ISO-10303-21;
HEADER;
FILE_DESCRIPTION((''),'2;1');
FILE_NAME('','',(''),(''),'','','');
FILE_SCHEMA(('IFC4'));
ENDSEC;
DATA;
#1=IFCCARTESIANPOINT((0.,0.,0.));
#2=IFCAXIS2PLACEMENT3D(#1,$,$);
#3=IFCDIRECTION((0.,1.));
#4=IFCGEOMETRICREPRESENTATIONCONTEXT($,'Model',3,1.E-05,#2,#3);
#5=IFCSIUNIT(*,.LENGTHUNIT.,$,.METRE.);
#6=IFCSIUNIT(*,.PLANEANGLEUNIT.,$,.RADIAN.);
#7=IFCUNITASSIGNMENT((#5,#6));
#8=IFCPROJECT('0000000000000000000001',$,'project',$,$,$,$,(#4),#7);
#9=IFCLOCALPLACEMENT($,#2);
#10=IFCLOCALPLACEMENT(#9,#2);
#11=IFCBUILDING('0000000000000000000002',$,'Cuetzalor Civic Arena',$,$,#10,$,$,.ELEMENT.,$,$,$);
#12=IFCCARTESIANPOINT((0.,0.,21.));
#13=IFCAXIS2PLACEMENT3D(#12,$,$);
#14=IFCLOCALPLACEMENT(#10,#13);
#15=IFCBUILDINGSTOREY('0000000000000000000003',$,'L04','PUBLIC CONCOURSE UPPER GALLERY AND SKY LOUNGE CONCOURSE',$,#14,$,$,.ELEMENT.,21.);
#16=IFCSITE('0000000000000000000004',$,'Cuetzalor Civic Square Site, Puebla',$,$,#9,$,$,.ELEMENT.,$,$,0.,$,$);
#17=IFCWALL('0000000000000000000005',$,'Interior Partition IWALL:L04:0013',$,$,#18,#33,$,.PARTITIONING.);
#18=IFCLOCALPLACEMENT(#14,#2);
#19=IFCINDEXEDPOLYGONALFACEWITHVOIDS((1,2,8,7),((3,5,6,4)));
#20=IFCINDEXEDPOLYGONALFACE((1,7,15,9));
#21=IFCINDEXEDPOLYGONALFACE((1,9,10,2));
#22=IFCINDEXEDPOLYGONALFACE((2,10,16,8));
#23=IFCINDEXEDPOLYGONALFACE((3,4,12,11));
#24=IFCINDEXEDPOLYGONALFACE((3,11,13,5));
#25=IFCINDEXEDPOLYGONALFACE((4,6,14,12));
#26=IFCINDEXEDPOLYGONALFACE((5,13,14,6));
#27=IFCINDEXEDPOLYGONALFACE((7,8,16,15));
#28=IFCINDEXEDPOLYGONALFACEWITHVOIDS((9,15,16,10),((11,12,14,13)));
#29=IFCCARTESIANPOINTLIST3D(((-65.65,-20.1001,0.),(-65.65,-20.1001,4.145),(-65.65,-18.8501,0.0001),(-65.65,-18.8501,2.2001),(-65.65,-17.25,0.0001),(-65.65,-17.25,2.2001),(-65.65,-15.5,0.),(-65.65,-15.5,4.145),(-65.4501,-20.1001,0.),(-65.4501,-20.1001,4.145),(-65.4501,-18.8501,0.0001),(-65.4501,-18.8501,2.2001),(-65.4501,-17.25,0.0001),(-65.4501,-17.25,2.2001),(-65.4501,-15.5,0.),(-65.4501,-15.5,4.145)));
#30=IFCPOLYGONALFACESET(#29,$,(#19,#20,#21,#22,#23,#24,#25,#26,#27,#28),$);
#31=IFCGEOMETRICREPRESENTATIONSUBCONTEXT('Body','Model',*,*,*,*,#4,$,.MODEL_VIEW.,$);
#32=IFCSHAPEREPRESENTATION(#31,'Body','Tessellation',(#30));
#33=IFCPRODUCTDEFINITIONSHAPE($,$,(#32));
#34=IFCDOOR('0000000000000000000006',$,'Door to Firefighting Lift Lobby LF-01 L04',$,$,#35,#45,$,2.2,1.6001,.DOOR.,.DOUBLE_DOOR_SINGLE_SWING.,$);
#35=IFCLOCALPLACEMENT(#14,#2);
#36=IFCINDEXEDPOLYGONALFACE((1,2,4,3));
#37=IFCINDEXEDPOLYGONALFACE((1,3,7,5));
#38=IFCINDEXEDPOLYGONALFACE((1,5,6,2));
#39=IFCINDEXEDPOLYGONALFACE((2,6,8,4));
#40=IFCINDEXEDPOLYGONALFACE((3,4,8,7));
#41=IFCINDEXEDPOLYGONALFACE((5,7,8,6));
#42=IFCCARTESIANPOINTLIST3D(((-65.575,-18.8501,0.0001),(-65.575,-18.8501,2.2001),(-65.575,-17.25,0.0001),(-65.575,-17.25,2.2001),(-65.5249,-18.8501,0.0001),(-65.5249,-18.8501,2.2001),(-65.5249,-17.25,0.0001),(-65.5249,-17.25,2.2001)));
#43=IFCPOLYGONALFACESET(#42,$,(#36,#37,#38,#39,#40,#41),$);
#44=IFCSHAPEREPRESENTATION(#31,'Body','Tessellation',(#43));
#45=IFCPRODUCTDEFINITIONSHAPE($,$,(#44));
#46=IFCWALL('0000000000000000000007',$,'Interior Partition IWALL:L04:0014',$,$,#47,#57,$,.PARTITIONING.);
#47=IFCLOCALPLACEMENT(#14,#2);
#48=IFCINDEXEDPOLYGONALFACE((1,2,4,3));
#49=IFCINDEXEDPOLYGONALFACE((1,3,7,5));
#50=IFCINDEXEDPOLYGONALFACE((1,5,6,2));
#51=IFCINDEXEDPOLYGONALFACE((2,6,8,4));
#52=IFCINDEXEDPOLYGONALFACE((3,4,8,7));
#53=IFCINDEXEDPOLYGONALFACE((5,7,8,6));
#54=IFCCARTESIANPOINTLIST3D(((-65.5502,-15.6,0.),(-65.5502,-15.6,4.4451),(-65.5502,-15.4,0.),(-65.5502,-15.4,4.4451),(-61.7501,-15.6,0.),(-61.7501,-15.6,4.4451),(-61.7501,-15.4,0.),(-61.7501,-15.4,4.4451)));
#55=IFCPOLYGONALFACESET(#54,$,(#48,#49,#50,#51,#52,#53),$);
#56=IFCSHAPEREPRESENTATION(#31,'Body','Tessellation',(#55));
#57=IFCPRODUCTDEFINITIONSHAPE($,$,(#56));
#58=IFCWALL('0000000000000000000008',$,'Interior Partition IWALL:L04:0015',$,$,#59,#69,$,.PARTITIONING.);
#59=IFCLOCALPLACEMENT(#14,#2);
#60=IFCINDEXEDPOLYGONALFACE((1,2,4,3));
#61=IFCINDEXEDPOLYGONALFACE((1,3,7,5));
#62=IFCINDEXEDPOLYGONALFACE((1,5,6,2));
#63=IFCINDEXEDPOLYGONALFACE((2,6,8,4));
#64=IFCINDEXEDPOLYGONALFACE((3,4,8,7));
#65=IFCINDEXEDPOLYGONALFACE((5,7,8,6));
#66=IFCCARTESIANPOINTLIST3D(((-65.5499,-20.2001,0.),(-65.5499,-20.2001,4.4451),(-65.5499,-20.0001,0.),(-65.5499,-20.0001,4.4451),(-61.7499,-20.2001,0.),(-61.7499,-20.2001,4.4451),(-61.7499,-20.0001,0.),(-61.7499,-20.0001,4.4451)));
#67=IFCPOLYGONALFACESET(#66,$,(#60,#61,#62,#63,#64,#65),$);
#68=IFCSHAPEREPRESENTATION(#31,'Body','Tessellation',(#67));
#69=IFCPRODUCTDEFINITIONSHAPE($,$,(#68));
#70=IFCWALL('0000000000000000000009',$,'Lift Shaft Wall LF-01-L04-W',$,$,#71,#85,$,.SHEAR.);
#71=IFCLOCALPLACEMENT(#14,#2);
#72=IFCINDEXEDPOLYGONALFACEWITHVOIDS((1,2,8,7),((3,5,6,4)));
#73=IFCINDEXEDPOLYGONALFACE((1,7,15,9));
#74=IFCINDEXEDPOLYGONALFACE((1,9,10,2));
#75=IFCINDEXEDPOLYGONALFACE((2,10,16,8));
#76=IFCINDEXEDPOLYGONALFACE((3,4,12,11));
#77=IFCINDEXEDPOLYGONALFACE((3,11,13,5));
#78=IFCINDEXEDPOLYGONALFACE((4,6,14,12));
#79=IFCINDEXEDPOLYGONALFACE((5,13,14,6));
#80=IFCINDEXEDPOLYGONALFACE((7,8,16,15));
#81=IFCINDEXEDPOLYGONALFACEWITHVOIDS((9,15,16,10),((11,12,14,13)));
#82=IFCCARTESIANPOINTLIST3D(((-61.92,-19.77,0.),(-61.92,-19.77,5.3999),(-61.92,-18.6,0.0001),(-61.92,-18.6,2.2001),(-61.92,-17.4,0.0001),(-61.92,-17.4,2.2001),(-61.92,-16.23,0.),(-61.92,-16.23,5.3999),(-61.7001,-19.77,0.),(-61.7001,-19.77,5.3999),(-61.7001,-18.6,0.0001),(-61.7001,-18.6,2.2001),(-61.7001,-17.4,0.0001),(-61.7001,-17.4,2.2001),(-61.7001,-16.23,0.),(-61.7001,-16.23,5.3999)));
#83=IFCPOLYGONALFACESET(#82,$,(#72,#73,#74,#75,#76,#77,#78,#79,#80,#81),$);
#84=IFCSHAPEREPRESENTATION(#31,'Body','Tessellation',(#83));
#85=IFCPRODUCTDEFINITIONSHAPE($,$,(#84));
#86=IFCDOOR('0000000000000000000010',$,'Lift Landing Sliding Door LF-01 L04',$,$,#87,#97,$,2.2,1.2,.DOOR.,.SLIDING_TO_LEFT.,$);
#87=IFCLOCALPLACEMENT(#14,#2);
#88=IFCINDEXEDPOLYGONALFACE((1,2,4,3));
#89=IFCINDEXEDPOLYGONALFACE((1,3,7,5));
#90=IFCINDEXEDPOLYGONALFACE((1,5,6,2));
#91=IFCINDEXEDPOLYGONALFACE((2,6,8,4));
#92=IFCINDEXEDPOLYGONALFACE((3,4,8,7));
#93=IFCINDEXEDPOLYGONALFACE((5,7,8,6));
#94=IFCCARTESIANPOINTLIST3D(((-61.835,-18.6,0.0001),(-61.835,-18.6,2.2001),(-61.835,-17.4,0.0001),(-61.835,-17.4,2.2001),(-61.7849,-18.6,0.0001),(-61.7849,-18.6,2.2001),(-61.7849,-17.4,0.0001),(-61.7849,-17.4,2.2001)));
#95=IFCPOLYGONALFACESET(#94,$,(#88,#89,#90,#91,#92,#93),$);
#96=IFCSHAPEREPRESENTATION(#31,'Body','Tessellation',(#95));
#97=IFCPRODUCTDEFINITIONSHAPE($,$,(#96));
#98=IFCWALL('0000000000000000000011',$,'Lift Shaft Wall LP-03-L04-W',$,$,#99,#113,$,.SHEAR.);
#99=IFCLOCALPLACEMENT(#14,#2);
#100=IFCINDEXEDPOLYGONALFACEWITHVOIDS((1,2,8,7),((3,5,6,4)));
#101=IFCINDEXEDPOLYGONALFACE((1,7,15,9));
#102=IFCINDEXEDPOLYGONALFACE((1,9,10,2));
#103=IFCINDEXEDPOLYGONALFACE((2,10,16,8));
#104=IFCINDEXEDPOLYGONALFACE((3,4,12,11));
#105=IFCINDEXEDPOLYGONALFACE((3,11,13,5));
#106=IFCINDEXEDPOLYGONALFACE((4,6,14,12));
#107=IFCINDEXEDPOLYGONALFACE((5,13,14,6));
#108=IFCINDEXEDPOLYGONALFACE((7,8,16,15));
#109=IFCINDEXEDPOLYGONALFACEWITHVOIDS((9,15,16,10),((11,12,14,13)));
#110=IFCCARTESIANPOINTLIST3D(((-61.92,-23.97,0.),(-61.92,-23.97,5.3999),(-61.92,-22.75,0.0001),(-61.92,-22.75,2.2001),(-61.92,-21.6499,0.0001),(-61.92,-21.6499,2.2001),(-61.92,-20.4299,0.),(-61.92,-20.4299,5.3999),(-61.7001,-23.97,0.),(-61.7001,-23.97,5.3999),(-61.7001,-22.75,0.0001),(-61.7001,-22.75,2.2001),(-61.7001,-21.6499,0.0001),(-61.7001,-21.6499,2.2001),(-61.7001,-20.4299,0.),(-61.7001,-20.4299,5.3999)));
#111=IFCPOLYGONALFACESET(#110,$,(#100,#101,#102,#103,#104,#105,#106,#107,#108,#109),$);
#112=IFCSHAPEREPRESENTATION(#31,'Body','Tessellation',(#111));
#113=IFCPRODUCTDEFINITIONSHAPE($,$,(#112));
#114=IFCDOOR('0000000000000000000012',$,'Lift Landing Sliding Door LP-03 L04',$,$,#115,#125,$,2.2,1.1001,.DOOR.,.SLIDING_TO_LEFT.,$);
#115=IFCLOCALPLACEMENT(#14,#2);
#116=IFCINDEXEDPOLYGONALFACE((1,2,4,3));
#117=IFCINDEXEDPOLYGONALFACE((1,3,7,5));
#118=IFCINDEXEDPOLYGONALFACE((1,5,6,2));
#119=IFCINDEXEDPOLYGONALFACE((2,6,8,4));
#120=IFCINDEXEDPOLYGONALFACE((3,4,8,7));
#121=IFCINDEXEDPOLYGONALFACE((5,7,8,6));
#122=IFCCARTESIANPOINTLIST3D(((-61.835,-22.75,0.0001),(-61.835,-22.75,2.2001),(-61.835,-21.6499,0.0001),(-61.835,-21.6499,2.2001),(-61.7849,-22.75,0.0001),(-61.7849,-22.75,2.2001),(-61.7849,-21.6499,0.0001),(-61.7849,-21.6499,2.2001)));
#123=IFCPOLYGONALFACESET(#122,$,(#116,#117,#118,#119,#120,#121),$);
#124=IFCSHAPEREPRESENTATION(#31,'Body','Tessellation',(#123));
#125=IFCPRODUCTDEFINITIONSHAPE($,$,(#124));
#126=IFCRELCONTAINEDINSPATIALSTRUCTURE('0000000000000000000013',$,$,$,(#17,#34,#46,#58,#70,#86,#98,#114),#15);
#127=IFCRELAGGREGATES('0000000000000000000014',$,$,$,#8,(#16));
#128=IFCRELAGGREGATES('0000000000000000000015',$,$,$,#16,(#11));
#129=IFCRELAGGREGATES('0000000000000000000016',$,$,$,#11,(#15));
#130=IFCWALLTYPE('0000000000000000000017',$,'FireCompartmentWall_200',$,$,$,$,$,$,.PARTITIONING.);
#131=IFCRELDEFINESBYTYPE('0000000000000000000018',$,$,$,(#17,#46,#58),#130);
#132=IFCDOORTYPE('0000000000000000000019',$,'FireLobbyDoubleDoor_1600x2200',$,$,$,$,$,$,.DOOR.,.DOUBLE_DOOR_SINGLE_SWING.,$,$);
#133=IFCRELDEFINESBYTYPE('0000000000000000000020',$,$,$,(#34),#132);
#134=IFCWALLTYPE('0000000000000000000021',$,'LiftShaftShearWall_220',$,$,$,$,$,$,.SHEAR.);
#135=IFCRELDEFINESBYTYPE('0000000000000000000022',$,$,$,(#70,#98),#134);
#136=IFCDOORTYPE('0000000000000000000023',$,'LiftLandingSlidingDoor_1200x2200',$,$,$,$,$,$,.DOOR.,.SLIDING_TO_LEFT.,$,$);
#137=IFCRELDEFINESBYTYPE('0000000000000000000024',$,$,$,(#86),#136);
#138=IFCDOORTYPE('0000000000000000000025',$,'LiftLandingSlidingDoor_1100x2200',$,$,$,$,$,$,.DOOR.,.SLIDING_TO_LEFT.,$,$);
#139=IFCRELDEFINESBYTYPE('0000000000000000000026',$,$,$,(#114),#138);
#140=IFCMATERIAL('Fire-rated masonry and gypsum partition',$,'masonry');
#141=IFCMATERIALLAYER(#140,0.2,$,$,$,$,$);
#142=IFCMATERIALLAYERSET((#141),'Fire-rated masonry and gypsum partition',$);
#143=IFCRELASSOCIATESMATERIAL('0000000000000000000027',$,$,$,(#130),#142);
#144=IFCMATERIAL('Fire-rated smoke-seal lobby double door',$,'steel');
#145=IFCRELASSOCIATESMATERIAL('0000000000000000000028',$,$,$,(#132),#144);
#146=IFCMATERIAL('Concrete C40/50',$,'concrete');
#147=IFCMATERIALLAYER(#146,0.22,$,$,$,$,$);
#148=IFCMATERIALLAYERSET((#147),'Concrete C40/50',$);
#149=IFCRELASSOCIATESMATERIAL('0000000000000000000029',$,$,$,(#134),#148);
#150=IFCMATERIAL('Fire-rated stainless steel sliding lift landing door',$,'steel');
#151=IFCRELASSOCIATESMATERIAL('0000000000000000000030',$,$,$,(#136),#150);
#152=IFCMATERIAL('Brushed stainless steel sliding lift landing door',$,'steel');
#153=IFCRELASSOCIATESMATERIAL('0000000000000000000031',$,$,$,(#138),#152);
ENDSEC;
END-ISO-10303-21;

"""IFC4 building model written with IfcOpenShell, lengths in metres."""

from ifc_helpers import new_model, si_unit, direction, frame, frame_2d, origin, place, context, subcontext, project, spatial, rectangle, extrude, material, layer, layer_set, type_object, element, fill, save


model = new_model("IFC4")

# Units and contexts
model_context = context("Model", 3, precision=1e-05, world=origin(), true_north=direction((0.0, 1.0)))
body_context = subcontext(model_context, "Body", "Model", "MODEL_VIEW")
ifc_project = project(units=[si_unit("LENGTHUNIT", "METRE"), si_unit("PLANEANGLEUNIT", "RADIAN")], contexts=[model_context])

# Site, building, storey
site_placement = place(None, origin())
site = spatial("IfcSite", under=ifc_project, at=site_placement, Name="Cuetzalor Civic Square Site, Puebla", CompositionType="ELEMENT", RefElevation=0.0)
building_placement = place(site_placement, origin())
building = spatial("IfcBuilding", under=site, at=building_placement, Name="Cuetzalor Civic Arena", CompositionType="ELEMENT")
storey_placement = place(building_placement, frame((0.0, 0.0, 21.0)))
storey = spatial("IfcBuildingStorey", under=building, at=storey_placement, Name="L04", Description="PUBLIC CONCOURSE UPPER GALLERY AND SKY LOUNGE CONCOURSE", CompositionType="ELEMENT", Elevation=21.0)

# Wall, opening, door
ifc_material_1 = material(Name="Fire-rated masonry and gypsum partition", Category="masonry")
ifc_layer_1 = layer(ifc_material_1, 0.2)
ifc_layer_set_1 = layer_set([ifc_layer_1], Name="Fire-rated masonry and gypsum partition")
wall_type_1 = type_object("IfcWallType", Name="FireCompartmentWall_200", PredefinedType="PARTITIONING", material=ifc_layer_set_1)
wall_1_placement = place(storey_placement, frame((-65.55, -20.1001, 0.0), z_axis=(0.0, 0.0, 1.0), x_axis=(0.0, 1.0, 0.0)))
wall_1 = element("IfcWall", 1, at=wall_1_placement, inside=storey, type_object=wall_type_1, Name="Interior Partition IWALL:L04:0013", PredefinedType="PARTITIONING", context=body_context, shape_type="SweptSolid", body=[
    extrude(rectangle(XDim=4.6001, YDim=0.2, at=frame_2d((2.3, 0.0))), origin(), (0.0, 0.0, 1.0), 4.145),
])
opening_1_placement = place(wall_1_placement, frame((1.25, 0.0, 0.0)))
opening_1 = element("IfcOpeningElement", 2, at=opening_1_placement, cuts=wall_1, PredefinedType="OPENING", context=body_context, shape_type="SweptSolid", body=[
    extrude(rectangle(XDim=1.6001, YDim=2.2, at=frame_2d((0.8, 1.1001))), frame((0.0, 0.1099, 0.0), z_axis=(0.0, -1.0, 0.0), x_axis=(1.0, 0.0, 0.0)), (0.0, 0.0, 1.0), 0.22),
])
ifc_material_2 = material(Name="Fire-rated smoke-seal lobby double door", Category="steel")
door_type_1 = type_object("IfcDoorType", Name="FireLobbyDoubleDoor_1600x2200", OperationType="DOUBLE_DOOR_SINGLE_SWING", PredefinedType="DOOR", material=ifc_material_2)
door_1_placement = place(opening_1_placement, origin())
door_1 = element("IfcDoor", 3, at=door_1_placement, inside=storey, type_object=door_type_1, Name="Door to Firefighting Lift Lobby LF-01 L04", OperationType="DOUBLE_DOOR_SINGLE_SWING", OverallHeight=2.2, OverallWidth=1.6001, PredefinedType="DOOR", context=body_context, shape_type="SweptSolid", body=[
    extrude(rectangle(XDim=1.6001, YDim=2.2, at=frame_2d((0.8, 1.1001))), frame((0.0, 0.0249, 0.0), z_axis=(0.0, -1.0, 0.0), x_axis=(1.0, 0.0, 0.0)), (0.0, 0.0, 1.0), 0.05),
])
fill(opening_1, door_1)

# Walls
for number, where, z_axis, x_axis, name in (
    (4, (-65.55, -15.5, 0.0), (0.0, 0.0, 1.0), (1.0, 0.0, 0.0), "Interior Partition IWALL:L04:0014"),
    (5, (-61.75, -20.1001, 0.0), (0.0, 0.0, 1.0), (-1.0, 0.0, 0.0), "Interior Partition IWALL:L04:0015"),
):
    element("IfcWall", number, at=place(storey_placement, frame(where, z_axis=z_axis, x_axis=x_axis)), inside=storey, type_object=wall_type_1, Name=name, PredefinedType="PARTITIONING", context=body_context, shape_type="SweptSolid", body=[
        extrude(rectangle(XDim=3.8, YDim=0.2, at=frame_2d((1.8999, 0.0))), origin(), (0.0, 0.0, 1.0), 4.4451),
    ])

# Walls, openings, doors
ifc_material_3 = material(Name="Concrete C40/50", Category="concrete")
ifc_layer_2 = layer(ifc_material_3, 0.22)
ifc_layer_set_2 = layer_set([ifc_layer_2], Name="Concrete C40/50")
wall_type_2 = type_object("IfcWallType", Name="LiftShaftShearWall_220", PredefinedType="SHEAR", material=ifc_layer_set_2)
wall_2_placement = place(storey_placement, frame((-61.8101, -19.77, 0.0), z_axis=(0.0, 0.0, 1.0), x_axis=(0.0, 1.0, 0.0)))
wall_2 = element("IfcWall", 6, at=wall_2_placement, inside=storey, type_object=wall_type_2, Name="Lift Shaft Wall LF-01-L04-W", PredefinedType="SHEAR", context=body_context, shape_type="SweptSolid", body=[
    extrude(rectangle(XDim=3.54, YDim=0.22, at=frame_2d((1.77, 0.0))), origin(), (0.0, 0.0, 1.0), 5.3999),
])
opening_2_placement = place(wall_2_placement, frame((1.1699, 0.0, 0.0)))
opening_2 = element("IfcOpeningElement", 7, at=opening_2_placement, cuts=wall_2, PredefinedType="OPENING", context=body_context, shape_type="SweptSolid", body=[
    extrude(rectangle(XDim=1.2, YDim=2.2, at=frame_2d((0.6001, 1.1001))), frame((0.0, 0.1201, 0.0), z_axis=(0.0, -1.0, 0.0), x_axis=(1.0, 0.0, 0.0)), (0.0, 0.0, 1.0), 0.24),
])
ifc_material_4 = material(Name="Fire-rated stainless steel sliding lift landing door", Category="steel")
door_type_2 = type_object("IfcDoorType", Name="LiftLandingSlidingDoor_1200x2200", OperationType="SLIDING_TO_LEFT", PredefinedType="DOOR", material=ifc_material_4)
door_2_placement = place(opening_2_placement, origin())
door_2 = element("IfcDoor", 8, at=door_2_placement, inside=storey, type_object=door_type_2, Name="Lift Landing Sliding Door LF-01 L04", OperationType="SLIDING_TO_LEFT", OverallHeight=2.2, OverallWidth=1.2, PredefinedType="DOOR", context=body_context, shape_type="SweptSolid", body=[
    extrude(rectangle(XDim=1.2, YDim=2.2, at=frame_2d((0.6001, 1.1001))), frame((0.0, 0.0249, 0.0), z_axis=(0.0, -1.0, 0.0), x_axis=(1.0, 0.0, 0.0)), (0.0, 0.0, 1.0), 0.05),
])
fill(opening_2, door_2)
wall_3_placement = place(storey_placement, frame((-61.8101, -23.97, 0.0), z_axis=(0.0, 0.0, 1.0), x_axis=(0.0, 1.0, 0.0)))
wall_3 = element("IfcWall", 9, at=wall_3_placement, inside=storey, type_object=wall_type_2, Name="Lift Shaft Wall LP-03-L04-W", PredefinedType="SHEAR", context=body_context, shape_type="SweptSolid", body=[
    extrude(rectangle(XDim=3.54, YDim=0.22, at=frame_2d((1.77, 0.0))), origin(), (0.0, 0.0, 1.0), 5.3999),
])
opening_3_placement = place(wall_3_placement, frame((1.22, 0.0, 0.0)))
opening_3 = element("IfcOpeningElement", 10, at=opening_3_placement, cuts=wall_3, PredefinedType="OPENING", context=body_context, shape_type="SweptSolid", body=[
    extrude(rectangle(XDim=1.1001, YDim=2.2, at=frame_2d((0.55, 1.1001))), frame((0.0, 0.1201, 0.0), z_axis=(0.0, -1.0, 0.0), x_axis=(1.0, 0.0, 0.0)), (0.0, 0.0, 1.0), 0.24),
])
ifc_material_5 = material(Name="Brushed stainless steel sliding lift landing door", Category="steel")
door_type_3 = type_object("IfcDoorType", Name="LiftLandingSlidingDoor_1100x2200", OperationType="SLIDING_TO_LEFT", PredefinedType="DOOR", material=ifc_material_5)
door_3_placement = place(opening_3_placement, origin())
door_3 = element("IfcDoor", 11, at=door_3_placement, inside=storey, type_object=door_type_3, Name="Lift Landing Sliding Door LP-03 L04", OperationType="SLIDING_TO_LEFT", OverallHeight=2.2, OverallWidth=1.1001, PredefinedType="DOOR", context=body_context, shape_type="SweptSolid", body=[
    extrude(rectangle(XDim=1.1001, YDim=2.2, at=frame_2d((0.55, 1.1001))), frame((0.0, 0.0249, 0.0), z_axis=(0.0, -1.0, 0.0), x_axis=(1.0, 0.0, 0.0)), (0.0, 0.0, 1.0), 0.05),
])
fill(opening_3, door_3)

save(model, "model.ifc")
